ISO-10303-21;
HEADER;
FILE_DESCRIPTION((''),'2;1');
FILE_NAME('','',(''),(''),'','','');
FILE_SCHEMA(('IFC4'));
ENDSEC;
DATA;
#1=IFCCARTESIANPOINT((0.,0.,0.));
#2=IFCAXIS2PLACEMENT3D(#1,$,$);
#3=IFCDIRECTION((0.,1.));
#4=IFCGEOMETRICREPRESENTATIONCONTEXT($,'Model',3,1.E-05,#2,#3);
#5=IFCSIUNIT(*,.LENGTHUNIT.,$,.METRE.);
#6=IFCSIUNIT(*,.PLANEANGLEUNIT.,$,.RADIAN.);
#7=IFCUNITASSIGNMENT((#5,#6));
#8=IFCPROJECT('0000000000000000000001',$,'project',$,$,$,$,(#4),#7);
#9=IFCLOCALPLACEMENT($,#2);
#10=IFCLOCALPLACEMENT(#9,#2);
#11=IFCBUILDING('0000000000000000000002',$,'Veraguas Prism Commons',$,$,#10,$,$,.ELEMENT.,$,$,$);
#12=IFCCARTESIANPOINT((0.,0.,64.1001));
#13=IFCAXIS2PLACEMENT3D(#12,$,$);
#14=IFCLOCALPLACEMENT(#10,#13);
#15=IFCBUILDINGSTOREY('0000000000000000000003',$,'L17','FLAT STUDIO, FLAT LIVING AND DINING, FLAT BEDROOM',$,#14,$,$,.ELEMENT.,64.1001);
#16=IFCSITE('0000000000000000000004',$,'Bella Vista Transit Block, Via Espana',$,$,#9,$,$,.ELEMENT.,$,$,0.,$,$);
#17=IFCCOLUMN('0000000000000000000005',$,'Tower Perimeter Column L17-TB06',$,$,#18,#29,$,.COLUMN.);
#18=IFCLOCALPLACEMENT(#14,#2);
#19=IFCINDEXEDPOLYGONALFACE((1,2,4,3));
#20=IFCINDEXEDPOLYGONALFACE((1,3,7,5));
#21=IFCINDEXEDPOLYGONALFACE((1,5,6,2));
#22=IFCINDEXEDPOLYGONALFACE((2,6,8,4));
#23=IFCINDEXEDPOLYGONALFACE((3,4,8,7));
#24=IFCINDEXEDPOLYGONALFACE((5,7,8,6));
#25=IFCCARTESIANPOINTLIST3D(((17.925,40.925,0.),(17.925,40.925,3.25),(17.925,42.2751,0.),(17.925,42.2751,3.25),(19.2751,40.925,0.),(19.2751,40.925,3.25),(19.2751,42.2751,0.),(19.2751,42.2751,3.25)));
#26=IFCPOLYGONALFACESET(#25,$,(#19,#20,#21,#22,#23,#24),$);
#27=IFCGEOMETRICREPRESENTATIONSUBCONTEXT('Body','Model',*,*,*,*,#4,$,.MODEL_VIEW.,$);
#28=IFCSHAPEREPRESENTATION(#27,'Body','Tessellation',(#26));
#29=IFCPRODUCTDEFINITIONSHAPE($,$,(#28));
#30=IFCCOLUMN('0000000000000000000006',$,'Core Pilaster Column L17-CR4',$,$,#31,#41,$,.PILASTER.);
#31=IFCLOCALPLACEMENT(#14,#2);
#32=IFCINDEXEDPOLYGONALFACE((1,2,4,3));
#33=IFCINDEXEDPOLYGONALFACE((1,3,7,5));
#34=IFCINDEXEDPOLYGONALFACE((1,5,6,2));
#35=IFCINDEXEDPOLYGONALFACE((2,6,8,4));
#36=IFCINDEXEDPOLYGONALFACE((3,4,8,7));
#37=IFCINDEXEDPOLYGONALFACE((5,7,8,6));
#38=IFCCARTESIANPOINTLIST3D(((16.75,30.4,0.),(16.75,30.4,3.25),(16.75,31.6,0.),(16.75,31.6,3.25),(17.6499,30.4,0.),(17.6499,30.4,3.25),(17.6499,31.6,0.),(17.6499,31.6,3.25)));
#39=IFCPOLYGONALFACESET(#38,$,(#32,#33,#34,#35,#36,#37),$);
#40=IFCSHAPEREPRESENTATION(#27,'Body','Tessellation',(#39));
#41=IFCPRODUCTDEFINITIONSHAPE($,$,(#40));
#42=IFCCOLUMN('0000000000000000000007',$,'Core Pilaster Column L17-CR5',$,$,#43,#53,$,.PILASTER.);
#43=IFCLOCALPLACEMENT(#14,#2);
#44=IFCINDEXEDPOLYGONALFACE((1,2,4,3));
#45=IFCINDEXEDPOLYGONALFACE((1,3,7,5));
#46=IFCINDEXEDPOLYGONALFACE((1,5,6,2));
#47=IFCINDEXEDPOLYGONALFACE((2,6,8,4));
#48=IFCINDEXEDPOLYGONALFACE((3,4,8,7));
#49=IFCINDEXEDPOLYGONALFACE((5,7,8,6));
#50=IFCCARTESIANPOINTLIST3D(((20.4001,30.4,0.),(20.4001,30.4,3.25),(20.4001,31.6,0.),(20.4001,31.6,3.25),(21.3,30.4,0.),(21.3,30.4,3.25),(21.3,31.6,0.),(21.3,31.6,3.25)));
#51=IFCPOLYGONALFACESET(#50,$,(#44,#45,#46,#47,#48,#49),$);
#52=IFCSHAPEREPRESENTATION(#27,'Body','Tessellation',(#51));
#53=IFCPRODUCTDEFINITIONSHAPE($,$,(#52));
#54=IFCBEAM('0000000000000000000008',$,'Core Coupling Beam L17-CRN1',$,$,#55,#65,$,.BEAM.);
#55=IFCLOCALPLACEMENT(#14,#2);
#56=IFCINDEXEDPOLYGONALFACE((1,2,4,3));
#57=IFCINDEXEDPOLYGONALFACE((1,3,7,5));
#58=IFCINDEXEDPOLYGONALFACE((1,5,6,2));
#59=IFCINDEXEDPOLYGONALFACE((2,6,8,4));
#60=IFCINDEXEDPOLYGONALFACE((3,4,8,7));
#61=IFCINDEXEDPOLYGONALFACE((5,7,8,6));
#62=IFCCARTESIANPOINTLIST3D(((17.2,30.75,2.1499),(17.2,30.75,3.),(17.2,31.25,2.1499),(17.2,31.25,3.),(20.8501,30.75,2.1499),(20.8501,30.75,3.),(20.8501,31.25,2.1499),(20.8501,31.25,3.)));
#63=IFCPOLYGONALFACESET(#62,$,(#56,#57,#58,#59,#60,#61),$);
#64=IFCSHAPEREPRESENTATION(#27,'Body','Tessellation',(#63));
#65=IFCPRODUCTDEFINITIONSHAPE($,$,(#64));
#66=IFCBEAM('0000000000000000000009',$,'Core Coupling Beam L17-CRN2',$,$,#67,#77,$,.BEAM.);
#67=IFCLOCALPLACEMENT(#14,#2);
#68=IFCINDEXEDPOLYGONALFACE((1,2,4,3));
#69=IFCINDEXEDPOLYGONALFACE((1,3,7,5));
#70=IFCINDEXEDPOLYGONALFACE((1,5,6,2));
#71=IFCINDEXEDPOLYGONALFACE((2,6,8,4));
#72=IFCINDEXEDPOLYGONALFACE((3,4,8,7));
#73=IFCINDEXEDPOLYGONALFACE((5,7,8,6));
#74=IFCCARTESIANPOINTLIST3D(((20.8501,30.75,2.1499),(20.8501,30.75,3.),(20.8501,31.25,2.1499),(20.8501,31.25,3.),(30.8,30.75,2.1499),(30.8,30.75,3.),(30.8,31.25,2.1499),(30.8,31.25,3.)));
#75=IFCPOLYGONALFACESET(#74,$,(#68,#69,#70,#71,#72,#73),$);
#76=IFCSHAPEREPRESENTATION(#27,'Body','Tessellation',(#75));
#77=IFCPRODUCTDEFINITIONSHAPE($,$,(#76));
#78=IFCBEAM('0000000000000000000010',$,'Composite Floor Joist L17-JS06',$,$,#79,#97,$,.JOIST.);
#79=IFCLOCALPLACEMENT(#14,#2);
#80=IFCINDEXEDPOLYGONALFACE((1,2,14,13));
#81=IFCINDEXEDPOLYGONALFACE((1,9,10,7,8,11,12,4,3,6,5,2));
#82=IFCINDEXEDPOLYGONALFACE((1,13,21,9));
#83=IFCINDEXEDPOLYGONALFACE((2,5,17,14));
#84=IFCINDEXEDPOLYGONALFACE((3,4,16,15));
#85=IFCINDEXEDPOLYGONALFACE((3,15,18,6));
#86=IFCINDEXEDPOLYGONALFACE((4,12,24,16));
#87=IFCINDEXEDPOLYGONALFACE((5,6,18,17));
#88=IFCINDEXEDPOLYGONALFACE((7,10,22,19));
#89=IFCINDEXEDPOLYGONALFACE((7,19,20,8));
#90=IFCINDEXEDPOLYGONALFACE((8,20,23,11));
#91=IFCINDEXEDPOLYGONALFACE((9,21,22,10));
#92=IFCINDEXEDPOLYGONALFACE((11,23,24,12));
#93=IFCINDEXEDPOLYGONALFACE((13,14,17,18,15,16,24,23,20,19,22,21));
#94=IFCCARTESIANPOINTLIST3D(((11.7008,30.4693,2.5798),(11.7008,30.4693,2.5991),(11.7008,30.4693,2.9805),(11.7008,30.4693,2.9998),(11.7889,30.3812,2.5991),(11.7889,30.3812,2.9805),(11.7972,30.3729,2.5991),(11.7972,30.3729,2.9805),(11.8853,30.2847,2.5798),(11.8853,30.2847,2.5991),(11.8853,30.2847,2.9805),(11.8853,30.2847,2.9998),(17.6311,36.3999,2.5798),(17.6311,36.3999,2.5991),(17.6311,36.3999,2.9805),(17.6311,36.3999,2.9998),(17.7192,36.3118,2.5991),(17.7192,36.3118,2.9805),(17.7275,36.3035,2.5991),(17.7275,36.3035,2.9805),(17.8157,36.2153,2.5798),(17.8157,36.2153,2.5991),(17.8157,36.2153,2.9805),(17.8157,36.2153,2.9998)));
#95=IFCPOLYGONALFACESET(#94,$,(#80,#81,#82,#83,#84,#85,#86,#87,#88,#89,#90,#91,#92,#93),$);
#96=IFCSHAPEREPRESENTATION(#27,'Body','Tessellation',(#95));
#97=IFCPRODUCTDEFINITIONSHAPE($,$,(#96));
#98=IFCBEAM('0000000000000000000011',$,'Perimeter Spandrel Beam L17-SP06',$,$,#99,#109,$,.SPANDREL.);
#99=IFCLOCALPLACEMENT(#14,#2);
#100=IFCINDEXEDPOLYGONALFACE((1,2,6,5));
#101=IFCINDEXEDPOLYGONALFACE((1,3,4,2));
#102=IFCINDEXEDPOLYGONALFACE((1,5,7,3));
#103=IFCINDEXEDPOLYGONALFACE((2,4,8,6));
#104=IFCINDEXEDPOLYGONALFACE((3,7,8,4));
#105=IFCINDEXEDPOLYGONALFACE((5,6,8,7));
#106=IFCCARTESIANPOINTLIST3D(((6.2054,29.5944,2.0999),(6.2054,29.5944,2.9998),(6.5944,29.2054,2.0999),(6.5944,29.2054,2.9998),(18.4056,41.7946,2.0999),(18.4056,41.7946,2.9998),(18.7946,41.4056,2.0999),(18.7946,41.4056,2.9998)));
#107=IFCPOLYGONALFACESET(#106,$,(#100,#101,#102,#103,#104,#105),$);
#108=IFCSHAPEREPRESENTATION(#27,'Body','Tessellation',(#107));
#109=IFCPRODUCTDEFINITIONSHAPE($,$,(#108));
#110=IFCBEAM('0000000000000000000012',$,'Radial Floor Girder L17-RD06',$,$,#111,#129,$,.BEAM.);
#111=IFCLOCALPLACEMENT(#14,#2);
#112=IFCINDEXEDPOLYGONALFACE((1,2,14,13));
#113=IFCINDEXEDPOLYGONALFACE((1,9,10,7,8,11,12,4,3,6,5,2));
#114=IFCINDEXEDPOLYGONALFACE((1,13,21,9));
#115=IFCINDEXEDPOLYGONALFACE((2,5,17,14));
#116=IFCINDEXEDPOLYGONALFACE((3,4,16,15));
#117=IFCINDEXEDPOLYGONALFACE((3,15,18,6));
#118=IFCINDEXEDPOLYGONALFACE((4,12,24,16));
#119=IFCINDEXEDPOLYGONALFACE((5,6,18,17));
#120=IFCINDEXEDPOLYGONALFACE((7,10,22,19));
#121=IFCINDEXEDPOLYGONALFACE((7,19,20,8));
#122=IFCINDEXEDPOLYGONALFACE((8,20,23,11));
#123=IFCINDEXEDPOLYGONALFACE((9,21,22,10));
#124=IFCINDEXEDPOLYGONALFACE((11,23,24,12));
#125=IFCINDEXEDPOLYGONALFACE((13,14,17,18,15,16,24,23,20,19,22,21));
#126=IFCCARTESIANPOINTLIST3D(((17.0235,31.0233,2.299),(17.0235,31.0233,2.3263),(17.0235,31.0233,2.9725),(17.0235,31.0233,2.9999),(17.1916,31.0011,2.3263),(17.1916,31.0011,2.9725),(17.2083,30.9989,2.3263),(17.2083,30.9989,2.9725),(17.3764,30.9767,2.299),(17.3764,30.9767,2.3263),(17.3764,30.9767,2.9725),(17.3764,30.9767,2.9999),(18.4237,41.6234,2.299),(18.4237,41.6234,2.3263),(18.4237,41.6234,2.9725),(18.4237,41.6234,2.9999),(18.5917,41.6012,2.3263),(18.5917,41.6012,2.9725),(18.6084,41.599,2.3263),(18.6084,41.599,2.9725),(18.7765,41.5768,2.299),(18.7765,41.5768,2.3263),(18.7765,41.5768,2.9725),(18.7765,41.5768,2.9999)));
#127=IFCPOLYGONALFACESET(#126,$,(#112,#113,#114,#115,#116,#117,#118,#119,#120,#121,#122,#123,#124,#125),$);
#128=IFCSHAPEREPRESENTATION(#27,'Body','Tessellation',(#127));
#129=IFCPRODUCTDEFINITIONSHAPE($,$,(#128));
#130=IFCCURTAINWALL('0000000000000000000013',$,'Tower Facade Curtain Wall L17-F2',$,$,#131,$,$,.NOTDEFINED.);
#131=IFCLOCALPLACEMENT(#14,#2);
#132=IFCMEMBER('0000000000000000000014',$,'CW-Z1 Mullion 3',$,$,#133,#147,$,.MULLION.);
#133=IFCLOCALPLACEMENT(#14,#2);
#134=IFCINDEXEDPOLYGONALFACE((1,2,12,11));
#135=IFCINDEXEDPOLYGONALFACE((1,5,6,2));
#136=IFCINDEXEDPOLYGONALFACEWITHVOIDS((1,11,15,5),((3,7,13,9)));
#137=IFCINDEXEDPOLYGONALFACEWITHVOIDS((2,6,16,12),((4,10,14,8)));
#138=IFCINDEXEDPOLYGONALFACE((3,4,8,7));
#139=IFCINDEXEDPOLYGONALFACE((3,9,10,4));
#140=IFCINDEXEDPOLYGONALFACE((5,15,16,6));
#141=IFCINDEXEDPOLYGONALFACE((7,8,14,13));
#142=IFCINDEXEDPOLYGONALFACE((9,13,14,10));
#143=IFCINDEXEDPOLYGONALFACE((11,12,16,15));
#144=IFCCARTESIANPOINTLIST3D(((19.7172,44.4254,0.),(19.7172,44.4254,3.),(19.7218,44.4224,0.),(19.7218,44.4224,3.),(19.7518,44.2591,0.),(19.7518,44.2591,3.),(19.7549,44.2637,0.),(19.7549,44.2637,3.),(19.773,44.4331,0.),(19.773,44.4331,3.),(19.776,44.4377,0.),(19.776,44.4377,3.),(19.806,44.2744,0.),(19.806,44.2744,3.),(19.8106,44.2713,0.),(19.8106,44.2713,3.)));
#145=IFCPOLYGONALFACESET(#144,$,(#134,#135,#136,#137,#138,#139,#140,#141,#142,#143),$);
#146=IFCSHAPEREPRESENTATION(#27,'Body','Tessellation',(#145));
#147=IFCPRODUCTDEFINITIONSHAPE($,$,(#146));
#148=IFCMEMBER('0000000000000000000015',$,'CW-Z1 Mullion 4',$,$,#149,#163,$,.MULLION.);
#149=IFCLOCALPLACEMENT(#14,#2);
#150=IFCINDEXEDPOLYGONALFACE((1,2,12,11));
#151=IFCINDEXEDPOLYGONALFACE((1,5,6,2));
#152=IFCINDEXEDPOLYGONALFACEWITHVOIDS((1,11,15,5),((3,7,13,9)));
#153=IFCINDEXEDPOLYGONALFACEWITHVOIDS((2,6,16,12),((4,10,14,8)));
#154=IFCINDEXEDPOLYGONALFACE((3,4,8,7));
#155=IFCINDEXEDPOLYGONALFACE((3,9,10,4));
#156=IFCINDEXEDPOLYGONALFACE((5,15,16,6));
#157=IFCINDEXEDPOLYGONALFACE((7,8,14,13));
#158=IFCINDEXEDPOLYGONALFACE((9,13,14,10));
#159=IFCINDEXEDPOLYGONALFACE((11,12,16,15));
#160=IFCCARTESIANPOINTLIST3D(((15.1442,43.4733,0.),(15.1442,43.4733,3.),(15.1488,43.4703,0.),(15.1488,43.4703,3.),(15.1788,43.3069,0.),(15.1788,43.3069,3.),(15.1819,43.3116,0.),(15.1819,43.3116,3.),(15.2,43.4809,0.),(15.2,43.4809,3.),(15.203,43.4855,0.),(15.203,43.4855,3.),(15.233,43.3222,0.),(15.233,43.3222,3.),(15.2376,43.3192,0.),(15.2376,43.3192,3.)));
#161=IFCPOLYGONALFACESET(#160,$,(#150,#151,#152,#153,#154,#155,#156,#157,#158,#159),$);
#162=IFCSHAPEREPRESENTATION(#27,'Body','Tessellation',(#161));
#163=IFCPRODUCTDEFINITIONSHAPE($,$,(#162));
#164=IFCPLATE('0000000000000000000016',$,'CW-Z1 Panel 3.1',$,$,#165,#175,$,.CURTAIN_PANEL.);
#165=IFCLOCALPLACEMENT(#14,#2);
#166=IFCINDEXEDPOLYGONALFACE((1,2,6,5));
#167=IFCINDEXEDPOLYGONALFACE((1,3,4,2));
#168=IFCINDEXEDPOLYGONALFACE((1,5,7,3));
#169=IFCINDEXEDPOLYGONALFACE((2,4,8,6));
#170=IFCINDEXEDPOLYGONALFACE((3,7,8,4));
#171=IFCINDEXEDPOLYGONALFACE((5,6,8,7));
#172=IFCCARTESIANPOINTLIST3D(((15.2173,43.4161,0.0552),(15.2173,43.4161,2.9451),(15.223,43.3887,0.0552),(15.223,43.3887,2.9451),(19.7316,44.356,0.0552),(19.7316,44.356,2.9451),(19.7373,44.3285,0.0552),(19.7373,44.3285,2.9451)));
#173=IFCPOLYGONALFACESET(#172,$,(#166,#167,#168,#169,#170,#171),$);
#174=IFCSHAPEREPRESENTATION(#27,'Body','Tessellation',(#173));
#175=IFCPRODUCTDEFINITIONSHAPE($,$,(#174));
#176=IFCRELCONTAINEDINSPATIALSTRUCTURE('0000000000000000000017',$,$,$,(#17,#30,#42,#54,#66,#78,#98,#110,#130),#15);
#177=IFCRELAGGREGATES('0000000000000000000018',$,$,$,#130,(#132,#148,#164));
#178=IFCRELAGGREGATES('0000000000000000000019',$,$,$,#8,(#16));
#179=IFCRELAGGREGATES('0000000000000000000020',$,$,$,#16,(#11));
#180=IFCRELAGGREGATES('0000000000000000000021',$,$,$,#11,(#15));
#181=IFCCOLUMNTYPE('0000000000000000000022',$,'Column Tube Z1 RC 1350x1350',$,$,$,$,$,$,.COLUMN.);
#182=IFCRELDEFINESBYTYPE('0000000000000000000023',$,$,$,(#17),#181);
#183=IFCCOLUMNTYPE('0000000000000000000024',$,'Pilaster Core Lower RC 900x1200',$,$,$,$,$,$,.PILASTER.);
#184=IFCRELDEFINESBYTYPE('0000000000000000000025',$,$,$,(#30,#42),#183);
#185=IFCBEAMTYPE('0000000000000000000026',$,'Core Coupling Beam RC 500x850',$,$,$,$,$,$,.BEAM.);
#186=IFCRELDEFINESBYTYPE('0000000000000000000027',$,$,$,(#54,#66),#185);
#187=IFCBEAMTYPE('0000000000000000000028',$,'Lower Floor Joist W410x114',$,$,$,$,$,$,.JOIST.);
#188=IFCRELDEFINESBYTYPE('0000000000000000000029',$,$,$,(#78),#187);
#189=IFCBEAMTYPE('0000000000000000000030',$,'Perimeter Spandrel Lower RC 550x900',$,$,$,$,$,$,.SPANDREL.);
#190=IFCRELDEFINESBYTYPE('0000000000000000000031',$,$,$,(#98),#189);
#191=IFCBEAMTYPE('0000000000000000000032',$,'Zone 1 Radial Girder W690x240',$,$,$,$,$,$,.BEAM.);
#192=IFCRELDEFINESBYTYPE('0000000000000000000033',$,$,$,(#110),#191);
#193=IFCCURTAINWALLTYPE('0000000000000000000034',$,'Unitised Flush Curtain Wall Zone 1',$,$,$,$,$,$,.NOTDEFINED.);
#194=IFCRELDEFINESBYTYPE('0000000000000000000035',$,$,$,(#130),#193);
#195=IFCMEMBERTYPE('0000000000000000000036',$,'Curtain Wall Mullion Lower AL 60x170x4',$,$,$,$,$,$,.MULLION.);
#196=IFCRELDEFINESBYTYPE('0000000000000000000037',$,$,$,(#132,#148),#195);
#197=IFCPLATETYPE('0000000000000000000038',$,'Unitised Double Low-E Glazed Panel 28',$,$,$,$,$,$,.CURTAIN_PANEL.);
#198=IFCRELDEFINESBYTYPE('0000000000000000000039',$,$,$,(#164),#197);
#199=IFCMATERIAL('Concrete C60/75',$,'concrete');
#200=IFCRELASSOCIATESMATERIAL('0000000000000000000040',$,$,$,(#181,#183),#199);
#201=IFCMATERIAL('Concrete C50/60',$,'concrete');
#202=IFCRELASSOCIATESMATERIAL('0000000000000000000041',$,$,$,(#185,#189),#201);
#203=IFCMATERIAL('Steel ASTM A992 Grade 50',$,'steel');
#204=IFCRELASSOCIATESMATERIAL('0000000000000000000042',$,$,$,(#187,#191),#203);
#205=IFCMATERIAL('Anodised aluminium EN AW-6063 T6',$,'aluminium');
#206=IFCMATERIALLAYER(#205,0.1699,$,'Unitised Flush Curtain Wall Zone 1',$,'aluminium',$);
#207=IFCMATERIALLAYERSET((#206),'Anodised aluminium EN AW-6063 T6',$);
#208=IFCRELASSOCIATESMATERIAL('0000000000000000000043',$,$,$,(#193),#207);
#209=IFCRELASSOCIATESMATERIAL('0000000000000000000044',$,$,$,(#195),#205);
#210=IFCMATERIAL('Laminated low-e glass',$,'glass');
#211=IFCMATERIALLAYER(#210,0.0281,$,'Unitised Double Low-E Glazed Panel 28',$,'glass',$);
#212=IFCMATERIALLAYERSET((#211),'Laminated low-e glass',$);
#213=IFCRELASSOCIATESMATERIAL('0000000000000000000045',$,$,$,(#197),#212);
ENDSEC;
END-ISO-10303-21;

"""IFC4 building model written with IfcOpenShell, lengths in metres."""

from ifc_helpers import new_model, si_unit, direction, frame, origin, origin_2d, place, context, subcontext, project, spatial, rectangle, hollow_rectangle, i_section, extrude, source, transform, mapped, material, layer, layer_set, material_profile, profile_set, type_object, element, aggregate, save


model = new_model("IFC4")

# Units and contexts
model_context = context("Model", 3, precision=1e-05, world=origin(), true_north=direction((0.0, 1.0)))
body_context = subcontext(model_context, "Body", "Model", "MODEL_VIEW")
ifc_project = project(units=[si_unit("LENGTHUNIT", "METRE"), si_unit("PLANEANGLEUNIT", "RADIAN")], contexts=[model_context])

# Site, building, storey
site_placement = place(None, origin())
site = spatial("IfcSite", under=ifc_project, at=site_placement, Name="Bella Vista Transit Block, Via Espana", CompositionType="ELEMENT", RefElevation=0.0)
building_placement = place(site_placement, origin())
building = spatial("IfcBuilding", under=site, at=building_placement, Name="Veraguas Prism Commons", CompositionType="ELEMENT")
storey_placement = place(building_placement, frame((0.0, 0.0, 64.1001)))
storey = spatial("IfcBuildingStorey", under=building, at=storey_placement, Name="L17", Description="FLAT STUDIO, FLAT LIVING AND DINING, FLAT BEDROOM", CompositionType="ELEMENT", Elevation=64.1001)

# Columns
ifc_material_1 = material(Name="Concrete C60/75", Category="concrete")
ifc_material_profile_1 = material_profile(ifc_material_1, rectangle(XDim=1.3501, YDim=1.3501, at=origin_2d()), Name="RC1350X1350")
ifc_profile_set_1 = profile_set([ifc_material_profile_1], Name="Concrete C60/75")
column_type_1 = type_object("IfcColumnType", Name="Column Tube Z1 RC 1350x1350", PredefinedType="COLUMN", material=ifc_profile_set_1)
column_placement = place(storey_placement, frame((18.6001, 41.6001, 0.0), z_axis=(0.0, 0.0, 1.0), x_axis=(1.0, 0.0, 0.0)))
element("IfcColumn", 1, at=column_placement, inside=storey, type_object=column_type_1, Name="Tower Perimeter Column L17-TB06", PredefinedType="COLUMN", context=body_context, shape_type="SweptSolid", body=[
    extrude(rectangle(XDim=1.3501, YDim=1.3501, at=origin_2d()), origin(), (0.0, 0.0, 1.0), 3.25),
])
ifc_material_profile_2 = material_profile(ifc_material_1, rectangle(XDim=0.8999, YDim=1.2, at=origin_2d()), Name="RC900X1200")
ifc_profile_set_2 = profile_set([ifc_material_profile_2], Name="Concrete C60/75")
column_type_2 = type_object("IfcColumnType", Name="Pilaster Core Lower RC 900x1200", PredefinedType="PILASTER", material=ifc_profile_set_2)
for number, where, z_axis, x_axis, name in (
    (2, (17.2, 31.0, 0.0), (0.0, 0.0, 1.0), (1.0, 0.0, 0.0), "Core Pilaster Column L17-CR4"),
    (3, (20.8501, 31.0, 0.0), (0.0, 0.0, 1.0), (1.0, 0.0, 0.0), "Core Pilaster Column L17-CR5"),
):
    element("IfcColumn", number, at=place(storey_placement, frame(where, z_axis=z_axis, x_axis=x_axis)), inside=storey, type_object=column_type_2, Name=name, PredefinedType="PILASTER", context=body_context, shape_type="SweptSolid", body=[
        extrude(rectangle(XDim=0.8999, YDim=1.2, at=origin_2d()), origin(), (0.0, 0.0, 1.0), 3.25),
    ])

# Beams
ifc_material_2 = material(Name="Concrete C50/60", Category="concrete")
ifc_material_profile_3 = material_profile(ifc_material_2, rectangle(XDim=0.5, YDim=0.8501, at=origin_2d()), Name="RC500X850")
ifc_profile_set_3 = profile_set([ifc_material_profile_3], Name="Concrete C50/60")
beam_type_1 = type_object("IfcBeamType", Name="Core Coupling Beam RC 500x850", PredefinedType="BEAM", material=ifc_profile_set_3)
beam_1_placement = place(storey_placement, frame((17.2, 31.0, 2.575), z_axis=(1.0, 0.0, 0.0), x_axis=(0.0, 1.0, 0.0)))
element("IfcBeam", 4, at=beam_1_placement, inside=storey, type_object=beam_type_1, Name="Core Coupling Beam L17-CRN1", PredefinedType="BEAM", context=body_context, shape_type="SweptSolid", body=[
    extrude(rectangle(XDim=0.5, YDim=0.8501, at=origin_2d()), origin(), (0.0, 0.0, 1.0), 3.6501),
])
beam_2_placement = place(storey_placement, frame((20.8501, 31.0, 2.575), z_axis=(1.0, 0.0, 0.0), x_axis=(0.0, 1.0, 0.0)))
element("IfcBeam", 5, at=beam_2_placement, inside=storey, type_object=beam_type_1, Name="Core Coupling Beam L17-CRN2", PredefinedType="BEAM", context=body_context, shape_type="SweptSolid", body=[
    extrude(rectangle(XDim=0.5, YDim=0.8501, at=origin_2d()), origin(), (0.0, 0.0, 1.0), 9.95),
])
ifc_material_3 = material(Name="Steel ASTM A992 Grade 50", Category="steel")
ifc_material_profile_4 = material_profile(ifc_material_3, i_section(OverallWidth=0.261, OverallDepth=0.4199, WebThickness=0.0117, FlangeThickness=0.0193, at=origin_2d()), Name="W410X114")
ifc_profile_set_4 = profile_set([ifc_material_profile_4], Name="Steel ASTM A992 Grade 50")
beam_type_2 = type_object("IfcBeamType", Name="Lower Floor Joist W410x114", PredefinedType="JOIST", material=ifc_profile_set_4)
beam_3_placement = place(storey_placement, frame((17.7234, 36.3076, 2.7898), z_axis=(-0.707092, -0.707121, 0.0), x_axis=(0.707121, -0.707092, 0.0)))
element("IfcBeam", 6, at=beam_3_placement, inside=storey, type_object=beam_type_2, Name="Composite Floor Joist L17-JS06", PredefinedType="JOIST", context=body_context, shape_type="SweptSolid", body=[
    extrude(i_section(OverallWidth=0.261, OverallDepth=0.4199, WebThickness=0.0117, FlangeThickness=0.0193, at=origin_2d()), origin(), (0.0, 0.0, 1.0), 8.387),
])
ifc_material_profile_5 = material_profile(ifc_material_2, rectangle(XDim=0.55, YDim=0.8999, at=origin_2d()), Name="RC550X900")
ifc_profile_set_5 = profile_set([ifc_material_profile_5], Name="Concrete C50/60")
beam_type_3 = type_object("IfcBeamType", Name="Perimeter Spandrel Lower RC 550x900", PredefinedType="SPANDREL", material=ifc_profile_set_5)
beam_4_placement = place(storey_placement, frame((18.6001, 41.6001, 2.5498), z_axis=(-0.707107, -0.707107, 0.0), x_axis=(0.707107, -0.707107, 0.0)))
element("IfcBeam", 7, at=beam_4_placement, inside=storey, type_object=beam_type_3, Name="Perimeter Spandrel Beam L17-SP06", PredefinedType="SPANDREL", context=body_context, shape_type="SweptSolid", body=[
    extrude(rectangle(XDim=0.55, YDim=0.8999, at=origin_2d()), origin(), (0.0, 0.0, 1.0), 17.2537),
])
ifc_material_profile_6 = material_profile(ifc_material_3, i_section(OverallWidth=0.356, OverallDepth=0.7009, WebThickness=0.0168, FlangeThickness=0.0273, at=origin_2d()), Name="W690X240")
ifc_profile_set_6 = profile_set([ifc_material_profile_6], Name="Steel ASTM A992 Grade 50")
beam_type_4 = type_object("IfcBeamType", Name="Zone 1 Radial Girder W690x240", PredefinedType="BEAM", material=ifc_profile_set_6)
beam_5_placement = place(storey_placement, frame((18.6001, 41.6001, 2.6494), z_axis=(-0.130951, -0.991389, 0.0), x_axis=(0.991389, -0.130951, 0.0)))
element("IfcBeam", 8, at=beam_5_placement, inside=storey, type_object=beam_type_4, Name="Radial Floor Girder L17-RD06", PredefinedType="BEAM", context=body_context, shape_type="SweptSolid", body=[
    extrude(i_section(OverallWidth=0.356, OverallDepth=0.7009, WebThickness=0.0168, FlangeThickness=0.0273, at=origin_2d()), origin(), (0.0, 0.0, 1.0), 10.6921),
])

# Curtain wall, members, plate
ifc_material_4 = material(Name="Anodised aluminium EN AW-6063 T6", Category="aluminium")
ifc_layer_1 = layer(ifc_material_4, 0.1699, Name="Unitised Flush Curtain Wall Zone 1", Category="aluminium")
ifc_layer_set_1 = layer_set([ifc_layer_1], Name="Anodised aluminium EN AW-6063 T6")
curtain_wall_type = type_object("IfcCurtainWallType", Name="Unitised Flush Curtain Wall Zone 1", PredefinedType="NOTDEFINED", material=ifc_layer_set_1)
curtain_wall_placement = place(storey_placement, origin())
curtain_wall = element("IfcCurtainWall", 9, at=curtain_wall_placement, inside=storey, type_object=curtain_wall_type, Name="Tower Facade Curtain Wall L17-F2", PredefinedType="NOTDEFINED")
ifc_material_profile_7 = material_profile(ifc_material_4, hollow_rectangle(XDim=0.0601, YDim=0.1699, WallThickness=0.0039, at=origin_2d()), Name="AL60X170X4")
ifc_profile_set_7 = profile_set([ifc_material_profile_7], Name="Anodised aluminium EN AW-6063 T6")
member_type = type_object("IfcMemberType", Name="Curtain Wall Mullion Lower AL 60x170x4", PredefinedType="MULLION", material=ifc_profile_set_7)
shared_shape_1 = source(origin(), body_context, "Body", "SweptSolid", [
    extrude(hollow_rectangle(XDim=0.0601, YDim=0.1699, WallThickness=0.0039, at=origin_2d()), origin(), (0.0, 0.0, 1.0), 3.0),
])
member_1_placement = place(storey_placement, frame((19.7639, 44.3484, 0.0), z_axis=(0.0, 0.0, 1.0), x_axis=(-0.979009, -0.203818, 0.0)))
member_1 = element("IfcMember", 10, at=member_1_placement, type_object=member_type, Name="CW-Z1 Mullion 3", PredefinedType="MULLION", context=body_context, shape_type="MappedRepresentation", body=[
    mapped(shared_shape_1, transform((0.0, 0.0, 0.0), scale=1.0)),
])
member_2_placement = place(storey_placement, frame((15.1909, 43.3962, 0.0), z_axis=(0.0, 0.0, 1.0), x_axis=(-0.979009, -0.203818, 0.0)))
member_2 = element("IfcMember", 11, at=member_2_placement, type_object=member_type, Name="CW-Z1 Mullion 4", PredefinedType="MULLION", context=body_context, shape_type="MappedRepresentation", body=[
    mapped(shared_shape_1, transform((0.0, 0.0, 0.0), scale=1.0)),
])
ifc_material_5 = material(Name="Laminated low-e glass", Category="glass")
ifc_layer_2 = layer(ifc_material_5, 0.0281, Name="Unitised Double Low-E Glazed Panel 28", Category="glass")
ifc_layer_set_2 = layer_set([ifc_layer_2], Name="Laminated low-e glass")
plate_type = type_object("IfcPlateType", Name="Unitised Double Low-E Glazed Panel 28", PredefinedType="CURTAIN_PANEL", material=ifc_layer_set_2)
shared_shape_2 = source(origin(), body_context, "Body", "SweptSolid", [
    extrude(rectangle(XDim=4.6111, YDim=0.0281, at=origin_2d()), origin(), (0.0, 0.0, 1.0), 2.8899),
])
plate_placement = place(storey_placement, frame((17.4773, 43.8723, 0.0552), z_axis=(0.0, 0.0, 1.0), x_axis=(-0.979009, -0.203818, 0.0)))
plate = element("IfcPlate", 12, at=plate_placement, type_object=plate_type, Name="CW-Z1 Panel 3.1", PredefinedType="CURTAIN_PANEL", context=body_context, shape_type="MappedRepresentation", body=[
    mapped(shared_shape_2, transform((0.0, 0.0, 0.0), scale=1.0)),
])
aggregate(curtain_wall, [member_1, member_2, plate])

save(model, "model.ifc")
